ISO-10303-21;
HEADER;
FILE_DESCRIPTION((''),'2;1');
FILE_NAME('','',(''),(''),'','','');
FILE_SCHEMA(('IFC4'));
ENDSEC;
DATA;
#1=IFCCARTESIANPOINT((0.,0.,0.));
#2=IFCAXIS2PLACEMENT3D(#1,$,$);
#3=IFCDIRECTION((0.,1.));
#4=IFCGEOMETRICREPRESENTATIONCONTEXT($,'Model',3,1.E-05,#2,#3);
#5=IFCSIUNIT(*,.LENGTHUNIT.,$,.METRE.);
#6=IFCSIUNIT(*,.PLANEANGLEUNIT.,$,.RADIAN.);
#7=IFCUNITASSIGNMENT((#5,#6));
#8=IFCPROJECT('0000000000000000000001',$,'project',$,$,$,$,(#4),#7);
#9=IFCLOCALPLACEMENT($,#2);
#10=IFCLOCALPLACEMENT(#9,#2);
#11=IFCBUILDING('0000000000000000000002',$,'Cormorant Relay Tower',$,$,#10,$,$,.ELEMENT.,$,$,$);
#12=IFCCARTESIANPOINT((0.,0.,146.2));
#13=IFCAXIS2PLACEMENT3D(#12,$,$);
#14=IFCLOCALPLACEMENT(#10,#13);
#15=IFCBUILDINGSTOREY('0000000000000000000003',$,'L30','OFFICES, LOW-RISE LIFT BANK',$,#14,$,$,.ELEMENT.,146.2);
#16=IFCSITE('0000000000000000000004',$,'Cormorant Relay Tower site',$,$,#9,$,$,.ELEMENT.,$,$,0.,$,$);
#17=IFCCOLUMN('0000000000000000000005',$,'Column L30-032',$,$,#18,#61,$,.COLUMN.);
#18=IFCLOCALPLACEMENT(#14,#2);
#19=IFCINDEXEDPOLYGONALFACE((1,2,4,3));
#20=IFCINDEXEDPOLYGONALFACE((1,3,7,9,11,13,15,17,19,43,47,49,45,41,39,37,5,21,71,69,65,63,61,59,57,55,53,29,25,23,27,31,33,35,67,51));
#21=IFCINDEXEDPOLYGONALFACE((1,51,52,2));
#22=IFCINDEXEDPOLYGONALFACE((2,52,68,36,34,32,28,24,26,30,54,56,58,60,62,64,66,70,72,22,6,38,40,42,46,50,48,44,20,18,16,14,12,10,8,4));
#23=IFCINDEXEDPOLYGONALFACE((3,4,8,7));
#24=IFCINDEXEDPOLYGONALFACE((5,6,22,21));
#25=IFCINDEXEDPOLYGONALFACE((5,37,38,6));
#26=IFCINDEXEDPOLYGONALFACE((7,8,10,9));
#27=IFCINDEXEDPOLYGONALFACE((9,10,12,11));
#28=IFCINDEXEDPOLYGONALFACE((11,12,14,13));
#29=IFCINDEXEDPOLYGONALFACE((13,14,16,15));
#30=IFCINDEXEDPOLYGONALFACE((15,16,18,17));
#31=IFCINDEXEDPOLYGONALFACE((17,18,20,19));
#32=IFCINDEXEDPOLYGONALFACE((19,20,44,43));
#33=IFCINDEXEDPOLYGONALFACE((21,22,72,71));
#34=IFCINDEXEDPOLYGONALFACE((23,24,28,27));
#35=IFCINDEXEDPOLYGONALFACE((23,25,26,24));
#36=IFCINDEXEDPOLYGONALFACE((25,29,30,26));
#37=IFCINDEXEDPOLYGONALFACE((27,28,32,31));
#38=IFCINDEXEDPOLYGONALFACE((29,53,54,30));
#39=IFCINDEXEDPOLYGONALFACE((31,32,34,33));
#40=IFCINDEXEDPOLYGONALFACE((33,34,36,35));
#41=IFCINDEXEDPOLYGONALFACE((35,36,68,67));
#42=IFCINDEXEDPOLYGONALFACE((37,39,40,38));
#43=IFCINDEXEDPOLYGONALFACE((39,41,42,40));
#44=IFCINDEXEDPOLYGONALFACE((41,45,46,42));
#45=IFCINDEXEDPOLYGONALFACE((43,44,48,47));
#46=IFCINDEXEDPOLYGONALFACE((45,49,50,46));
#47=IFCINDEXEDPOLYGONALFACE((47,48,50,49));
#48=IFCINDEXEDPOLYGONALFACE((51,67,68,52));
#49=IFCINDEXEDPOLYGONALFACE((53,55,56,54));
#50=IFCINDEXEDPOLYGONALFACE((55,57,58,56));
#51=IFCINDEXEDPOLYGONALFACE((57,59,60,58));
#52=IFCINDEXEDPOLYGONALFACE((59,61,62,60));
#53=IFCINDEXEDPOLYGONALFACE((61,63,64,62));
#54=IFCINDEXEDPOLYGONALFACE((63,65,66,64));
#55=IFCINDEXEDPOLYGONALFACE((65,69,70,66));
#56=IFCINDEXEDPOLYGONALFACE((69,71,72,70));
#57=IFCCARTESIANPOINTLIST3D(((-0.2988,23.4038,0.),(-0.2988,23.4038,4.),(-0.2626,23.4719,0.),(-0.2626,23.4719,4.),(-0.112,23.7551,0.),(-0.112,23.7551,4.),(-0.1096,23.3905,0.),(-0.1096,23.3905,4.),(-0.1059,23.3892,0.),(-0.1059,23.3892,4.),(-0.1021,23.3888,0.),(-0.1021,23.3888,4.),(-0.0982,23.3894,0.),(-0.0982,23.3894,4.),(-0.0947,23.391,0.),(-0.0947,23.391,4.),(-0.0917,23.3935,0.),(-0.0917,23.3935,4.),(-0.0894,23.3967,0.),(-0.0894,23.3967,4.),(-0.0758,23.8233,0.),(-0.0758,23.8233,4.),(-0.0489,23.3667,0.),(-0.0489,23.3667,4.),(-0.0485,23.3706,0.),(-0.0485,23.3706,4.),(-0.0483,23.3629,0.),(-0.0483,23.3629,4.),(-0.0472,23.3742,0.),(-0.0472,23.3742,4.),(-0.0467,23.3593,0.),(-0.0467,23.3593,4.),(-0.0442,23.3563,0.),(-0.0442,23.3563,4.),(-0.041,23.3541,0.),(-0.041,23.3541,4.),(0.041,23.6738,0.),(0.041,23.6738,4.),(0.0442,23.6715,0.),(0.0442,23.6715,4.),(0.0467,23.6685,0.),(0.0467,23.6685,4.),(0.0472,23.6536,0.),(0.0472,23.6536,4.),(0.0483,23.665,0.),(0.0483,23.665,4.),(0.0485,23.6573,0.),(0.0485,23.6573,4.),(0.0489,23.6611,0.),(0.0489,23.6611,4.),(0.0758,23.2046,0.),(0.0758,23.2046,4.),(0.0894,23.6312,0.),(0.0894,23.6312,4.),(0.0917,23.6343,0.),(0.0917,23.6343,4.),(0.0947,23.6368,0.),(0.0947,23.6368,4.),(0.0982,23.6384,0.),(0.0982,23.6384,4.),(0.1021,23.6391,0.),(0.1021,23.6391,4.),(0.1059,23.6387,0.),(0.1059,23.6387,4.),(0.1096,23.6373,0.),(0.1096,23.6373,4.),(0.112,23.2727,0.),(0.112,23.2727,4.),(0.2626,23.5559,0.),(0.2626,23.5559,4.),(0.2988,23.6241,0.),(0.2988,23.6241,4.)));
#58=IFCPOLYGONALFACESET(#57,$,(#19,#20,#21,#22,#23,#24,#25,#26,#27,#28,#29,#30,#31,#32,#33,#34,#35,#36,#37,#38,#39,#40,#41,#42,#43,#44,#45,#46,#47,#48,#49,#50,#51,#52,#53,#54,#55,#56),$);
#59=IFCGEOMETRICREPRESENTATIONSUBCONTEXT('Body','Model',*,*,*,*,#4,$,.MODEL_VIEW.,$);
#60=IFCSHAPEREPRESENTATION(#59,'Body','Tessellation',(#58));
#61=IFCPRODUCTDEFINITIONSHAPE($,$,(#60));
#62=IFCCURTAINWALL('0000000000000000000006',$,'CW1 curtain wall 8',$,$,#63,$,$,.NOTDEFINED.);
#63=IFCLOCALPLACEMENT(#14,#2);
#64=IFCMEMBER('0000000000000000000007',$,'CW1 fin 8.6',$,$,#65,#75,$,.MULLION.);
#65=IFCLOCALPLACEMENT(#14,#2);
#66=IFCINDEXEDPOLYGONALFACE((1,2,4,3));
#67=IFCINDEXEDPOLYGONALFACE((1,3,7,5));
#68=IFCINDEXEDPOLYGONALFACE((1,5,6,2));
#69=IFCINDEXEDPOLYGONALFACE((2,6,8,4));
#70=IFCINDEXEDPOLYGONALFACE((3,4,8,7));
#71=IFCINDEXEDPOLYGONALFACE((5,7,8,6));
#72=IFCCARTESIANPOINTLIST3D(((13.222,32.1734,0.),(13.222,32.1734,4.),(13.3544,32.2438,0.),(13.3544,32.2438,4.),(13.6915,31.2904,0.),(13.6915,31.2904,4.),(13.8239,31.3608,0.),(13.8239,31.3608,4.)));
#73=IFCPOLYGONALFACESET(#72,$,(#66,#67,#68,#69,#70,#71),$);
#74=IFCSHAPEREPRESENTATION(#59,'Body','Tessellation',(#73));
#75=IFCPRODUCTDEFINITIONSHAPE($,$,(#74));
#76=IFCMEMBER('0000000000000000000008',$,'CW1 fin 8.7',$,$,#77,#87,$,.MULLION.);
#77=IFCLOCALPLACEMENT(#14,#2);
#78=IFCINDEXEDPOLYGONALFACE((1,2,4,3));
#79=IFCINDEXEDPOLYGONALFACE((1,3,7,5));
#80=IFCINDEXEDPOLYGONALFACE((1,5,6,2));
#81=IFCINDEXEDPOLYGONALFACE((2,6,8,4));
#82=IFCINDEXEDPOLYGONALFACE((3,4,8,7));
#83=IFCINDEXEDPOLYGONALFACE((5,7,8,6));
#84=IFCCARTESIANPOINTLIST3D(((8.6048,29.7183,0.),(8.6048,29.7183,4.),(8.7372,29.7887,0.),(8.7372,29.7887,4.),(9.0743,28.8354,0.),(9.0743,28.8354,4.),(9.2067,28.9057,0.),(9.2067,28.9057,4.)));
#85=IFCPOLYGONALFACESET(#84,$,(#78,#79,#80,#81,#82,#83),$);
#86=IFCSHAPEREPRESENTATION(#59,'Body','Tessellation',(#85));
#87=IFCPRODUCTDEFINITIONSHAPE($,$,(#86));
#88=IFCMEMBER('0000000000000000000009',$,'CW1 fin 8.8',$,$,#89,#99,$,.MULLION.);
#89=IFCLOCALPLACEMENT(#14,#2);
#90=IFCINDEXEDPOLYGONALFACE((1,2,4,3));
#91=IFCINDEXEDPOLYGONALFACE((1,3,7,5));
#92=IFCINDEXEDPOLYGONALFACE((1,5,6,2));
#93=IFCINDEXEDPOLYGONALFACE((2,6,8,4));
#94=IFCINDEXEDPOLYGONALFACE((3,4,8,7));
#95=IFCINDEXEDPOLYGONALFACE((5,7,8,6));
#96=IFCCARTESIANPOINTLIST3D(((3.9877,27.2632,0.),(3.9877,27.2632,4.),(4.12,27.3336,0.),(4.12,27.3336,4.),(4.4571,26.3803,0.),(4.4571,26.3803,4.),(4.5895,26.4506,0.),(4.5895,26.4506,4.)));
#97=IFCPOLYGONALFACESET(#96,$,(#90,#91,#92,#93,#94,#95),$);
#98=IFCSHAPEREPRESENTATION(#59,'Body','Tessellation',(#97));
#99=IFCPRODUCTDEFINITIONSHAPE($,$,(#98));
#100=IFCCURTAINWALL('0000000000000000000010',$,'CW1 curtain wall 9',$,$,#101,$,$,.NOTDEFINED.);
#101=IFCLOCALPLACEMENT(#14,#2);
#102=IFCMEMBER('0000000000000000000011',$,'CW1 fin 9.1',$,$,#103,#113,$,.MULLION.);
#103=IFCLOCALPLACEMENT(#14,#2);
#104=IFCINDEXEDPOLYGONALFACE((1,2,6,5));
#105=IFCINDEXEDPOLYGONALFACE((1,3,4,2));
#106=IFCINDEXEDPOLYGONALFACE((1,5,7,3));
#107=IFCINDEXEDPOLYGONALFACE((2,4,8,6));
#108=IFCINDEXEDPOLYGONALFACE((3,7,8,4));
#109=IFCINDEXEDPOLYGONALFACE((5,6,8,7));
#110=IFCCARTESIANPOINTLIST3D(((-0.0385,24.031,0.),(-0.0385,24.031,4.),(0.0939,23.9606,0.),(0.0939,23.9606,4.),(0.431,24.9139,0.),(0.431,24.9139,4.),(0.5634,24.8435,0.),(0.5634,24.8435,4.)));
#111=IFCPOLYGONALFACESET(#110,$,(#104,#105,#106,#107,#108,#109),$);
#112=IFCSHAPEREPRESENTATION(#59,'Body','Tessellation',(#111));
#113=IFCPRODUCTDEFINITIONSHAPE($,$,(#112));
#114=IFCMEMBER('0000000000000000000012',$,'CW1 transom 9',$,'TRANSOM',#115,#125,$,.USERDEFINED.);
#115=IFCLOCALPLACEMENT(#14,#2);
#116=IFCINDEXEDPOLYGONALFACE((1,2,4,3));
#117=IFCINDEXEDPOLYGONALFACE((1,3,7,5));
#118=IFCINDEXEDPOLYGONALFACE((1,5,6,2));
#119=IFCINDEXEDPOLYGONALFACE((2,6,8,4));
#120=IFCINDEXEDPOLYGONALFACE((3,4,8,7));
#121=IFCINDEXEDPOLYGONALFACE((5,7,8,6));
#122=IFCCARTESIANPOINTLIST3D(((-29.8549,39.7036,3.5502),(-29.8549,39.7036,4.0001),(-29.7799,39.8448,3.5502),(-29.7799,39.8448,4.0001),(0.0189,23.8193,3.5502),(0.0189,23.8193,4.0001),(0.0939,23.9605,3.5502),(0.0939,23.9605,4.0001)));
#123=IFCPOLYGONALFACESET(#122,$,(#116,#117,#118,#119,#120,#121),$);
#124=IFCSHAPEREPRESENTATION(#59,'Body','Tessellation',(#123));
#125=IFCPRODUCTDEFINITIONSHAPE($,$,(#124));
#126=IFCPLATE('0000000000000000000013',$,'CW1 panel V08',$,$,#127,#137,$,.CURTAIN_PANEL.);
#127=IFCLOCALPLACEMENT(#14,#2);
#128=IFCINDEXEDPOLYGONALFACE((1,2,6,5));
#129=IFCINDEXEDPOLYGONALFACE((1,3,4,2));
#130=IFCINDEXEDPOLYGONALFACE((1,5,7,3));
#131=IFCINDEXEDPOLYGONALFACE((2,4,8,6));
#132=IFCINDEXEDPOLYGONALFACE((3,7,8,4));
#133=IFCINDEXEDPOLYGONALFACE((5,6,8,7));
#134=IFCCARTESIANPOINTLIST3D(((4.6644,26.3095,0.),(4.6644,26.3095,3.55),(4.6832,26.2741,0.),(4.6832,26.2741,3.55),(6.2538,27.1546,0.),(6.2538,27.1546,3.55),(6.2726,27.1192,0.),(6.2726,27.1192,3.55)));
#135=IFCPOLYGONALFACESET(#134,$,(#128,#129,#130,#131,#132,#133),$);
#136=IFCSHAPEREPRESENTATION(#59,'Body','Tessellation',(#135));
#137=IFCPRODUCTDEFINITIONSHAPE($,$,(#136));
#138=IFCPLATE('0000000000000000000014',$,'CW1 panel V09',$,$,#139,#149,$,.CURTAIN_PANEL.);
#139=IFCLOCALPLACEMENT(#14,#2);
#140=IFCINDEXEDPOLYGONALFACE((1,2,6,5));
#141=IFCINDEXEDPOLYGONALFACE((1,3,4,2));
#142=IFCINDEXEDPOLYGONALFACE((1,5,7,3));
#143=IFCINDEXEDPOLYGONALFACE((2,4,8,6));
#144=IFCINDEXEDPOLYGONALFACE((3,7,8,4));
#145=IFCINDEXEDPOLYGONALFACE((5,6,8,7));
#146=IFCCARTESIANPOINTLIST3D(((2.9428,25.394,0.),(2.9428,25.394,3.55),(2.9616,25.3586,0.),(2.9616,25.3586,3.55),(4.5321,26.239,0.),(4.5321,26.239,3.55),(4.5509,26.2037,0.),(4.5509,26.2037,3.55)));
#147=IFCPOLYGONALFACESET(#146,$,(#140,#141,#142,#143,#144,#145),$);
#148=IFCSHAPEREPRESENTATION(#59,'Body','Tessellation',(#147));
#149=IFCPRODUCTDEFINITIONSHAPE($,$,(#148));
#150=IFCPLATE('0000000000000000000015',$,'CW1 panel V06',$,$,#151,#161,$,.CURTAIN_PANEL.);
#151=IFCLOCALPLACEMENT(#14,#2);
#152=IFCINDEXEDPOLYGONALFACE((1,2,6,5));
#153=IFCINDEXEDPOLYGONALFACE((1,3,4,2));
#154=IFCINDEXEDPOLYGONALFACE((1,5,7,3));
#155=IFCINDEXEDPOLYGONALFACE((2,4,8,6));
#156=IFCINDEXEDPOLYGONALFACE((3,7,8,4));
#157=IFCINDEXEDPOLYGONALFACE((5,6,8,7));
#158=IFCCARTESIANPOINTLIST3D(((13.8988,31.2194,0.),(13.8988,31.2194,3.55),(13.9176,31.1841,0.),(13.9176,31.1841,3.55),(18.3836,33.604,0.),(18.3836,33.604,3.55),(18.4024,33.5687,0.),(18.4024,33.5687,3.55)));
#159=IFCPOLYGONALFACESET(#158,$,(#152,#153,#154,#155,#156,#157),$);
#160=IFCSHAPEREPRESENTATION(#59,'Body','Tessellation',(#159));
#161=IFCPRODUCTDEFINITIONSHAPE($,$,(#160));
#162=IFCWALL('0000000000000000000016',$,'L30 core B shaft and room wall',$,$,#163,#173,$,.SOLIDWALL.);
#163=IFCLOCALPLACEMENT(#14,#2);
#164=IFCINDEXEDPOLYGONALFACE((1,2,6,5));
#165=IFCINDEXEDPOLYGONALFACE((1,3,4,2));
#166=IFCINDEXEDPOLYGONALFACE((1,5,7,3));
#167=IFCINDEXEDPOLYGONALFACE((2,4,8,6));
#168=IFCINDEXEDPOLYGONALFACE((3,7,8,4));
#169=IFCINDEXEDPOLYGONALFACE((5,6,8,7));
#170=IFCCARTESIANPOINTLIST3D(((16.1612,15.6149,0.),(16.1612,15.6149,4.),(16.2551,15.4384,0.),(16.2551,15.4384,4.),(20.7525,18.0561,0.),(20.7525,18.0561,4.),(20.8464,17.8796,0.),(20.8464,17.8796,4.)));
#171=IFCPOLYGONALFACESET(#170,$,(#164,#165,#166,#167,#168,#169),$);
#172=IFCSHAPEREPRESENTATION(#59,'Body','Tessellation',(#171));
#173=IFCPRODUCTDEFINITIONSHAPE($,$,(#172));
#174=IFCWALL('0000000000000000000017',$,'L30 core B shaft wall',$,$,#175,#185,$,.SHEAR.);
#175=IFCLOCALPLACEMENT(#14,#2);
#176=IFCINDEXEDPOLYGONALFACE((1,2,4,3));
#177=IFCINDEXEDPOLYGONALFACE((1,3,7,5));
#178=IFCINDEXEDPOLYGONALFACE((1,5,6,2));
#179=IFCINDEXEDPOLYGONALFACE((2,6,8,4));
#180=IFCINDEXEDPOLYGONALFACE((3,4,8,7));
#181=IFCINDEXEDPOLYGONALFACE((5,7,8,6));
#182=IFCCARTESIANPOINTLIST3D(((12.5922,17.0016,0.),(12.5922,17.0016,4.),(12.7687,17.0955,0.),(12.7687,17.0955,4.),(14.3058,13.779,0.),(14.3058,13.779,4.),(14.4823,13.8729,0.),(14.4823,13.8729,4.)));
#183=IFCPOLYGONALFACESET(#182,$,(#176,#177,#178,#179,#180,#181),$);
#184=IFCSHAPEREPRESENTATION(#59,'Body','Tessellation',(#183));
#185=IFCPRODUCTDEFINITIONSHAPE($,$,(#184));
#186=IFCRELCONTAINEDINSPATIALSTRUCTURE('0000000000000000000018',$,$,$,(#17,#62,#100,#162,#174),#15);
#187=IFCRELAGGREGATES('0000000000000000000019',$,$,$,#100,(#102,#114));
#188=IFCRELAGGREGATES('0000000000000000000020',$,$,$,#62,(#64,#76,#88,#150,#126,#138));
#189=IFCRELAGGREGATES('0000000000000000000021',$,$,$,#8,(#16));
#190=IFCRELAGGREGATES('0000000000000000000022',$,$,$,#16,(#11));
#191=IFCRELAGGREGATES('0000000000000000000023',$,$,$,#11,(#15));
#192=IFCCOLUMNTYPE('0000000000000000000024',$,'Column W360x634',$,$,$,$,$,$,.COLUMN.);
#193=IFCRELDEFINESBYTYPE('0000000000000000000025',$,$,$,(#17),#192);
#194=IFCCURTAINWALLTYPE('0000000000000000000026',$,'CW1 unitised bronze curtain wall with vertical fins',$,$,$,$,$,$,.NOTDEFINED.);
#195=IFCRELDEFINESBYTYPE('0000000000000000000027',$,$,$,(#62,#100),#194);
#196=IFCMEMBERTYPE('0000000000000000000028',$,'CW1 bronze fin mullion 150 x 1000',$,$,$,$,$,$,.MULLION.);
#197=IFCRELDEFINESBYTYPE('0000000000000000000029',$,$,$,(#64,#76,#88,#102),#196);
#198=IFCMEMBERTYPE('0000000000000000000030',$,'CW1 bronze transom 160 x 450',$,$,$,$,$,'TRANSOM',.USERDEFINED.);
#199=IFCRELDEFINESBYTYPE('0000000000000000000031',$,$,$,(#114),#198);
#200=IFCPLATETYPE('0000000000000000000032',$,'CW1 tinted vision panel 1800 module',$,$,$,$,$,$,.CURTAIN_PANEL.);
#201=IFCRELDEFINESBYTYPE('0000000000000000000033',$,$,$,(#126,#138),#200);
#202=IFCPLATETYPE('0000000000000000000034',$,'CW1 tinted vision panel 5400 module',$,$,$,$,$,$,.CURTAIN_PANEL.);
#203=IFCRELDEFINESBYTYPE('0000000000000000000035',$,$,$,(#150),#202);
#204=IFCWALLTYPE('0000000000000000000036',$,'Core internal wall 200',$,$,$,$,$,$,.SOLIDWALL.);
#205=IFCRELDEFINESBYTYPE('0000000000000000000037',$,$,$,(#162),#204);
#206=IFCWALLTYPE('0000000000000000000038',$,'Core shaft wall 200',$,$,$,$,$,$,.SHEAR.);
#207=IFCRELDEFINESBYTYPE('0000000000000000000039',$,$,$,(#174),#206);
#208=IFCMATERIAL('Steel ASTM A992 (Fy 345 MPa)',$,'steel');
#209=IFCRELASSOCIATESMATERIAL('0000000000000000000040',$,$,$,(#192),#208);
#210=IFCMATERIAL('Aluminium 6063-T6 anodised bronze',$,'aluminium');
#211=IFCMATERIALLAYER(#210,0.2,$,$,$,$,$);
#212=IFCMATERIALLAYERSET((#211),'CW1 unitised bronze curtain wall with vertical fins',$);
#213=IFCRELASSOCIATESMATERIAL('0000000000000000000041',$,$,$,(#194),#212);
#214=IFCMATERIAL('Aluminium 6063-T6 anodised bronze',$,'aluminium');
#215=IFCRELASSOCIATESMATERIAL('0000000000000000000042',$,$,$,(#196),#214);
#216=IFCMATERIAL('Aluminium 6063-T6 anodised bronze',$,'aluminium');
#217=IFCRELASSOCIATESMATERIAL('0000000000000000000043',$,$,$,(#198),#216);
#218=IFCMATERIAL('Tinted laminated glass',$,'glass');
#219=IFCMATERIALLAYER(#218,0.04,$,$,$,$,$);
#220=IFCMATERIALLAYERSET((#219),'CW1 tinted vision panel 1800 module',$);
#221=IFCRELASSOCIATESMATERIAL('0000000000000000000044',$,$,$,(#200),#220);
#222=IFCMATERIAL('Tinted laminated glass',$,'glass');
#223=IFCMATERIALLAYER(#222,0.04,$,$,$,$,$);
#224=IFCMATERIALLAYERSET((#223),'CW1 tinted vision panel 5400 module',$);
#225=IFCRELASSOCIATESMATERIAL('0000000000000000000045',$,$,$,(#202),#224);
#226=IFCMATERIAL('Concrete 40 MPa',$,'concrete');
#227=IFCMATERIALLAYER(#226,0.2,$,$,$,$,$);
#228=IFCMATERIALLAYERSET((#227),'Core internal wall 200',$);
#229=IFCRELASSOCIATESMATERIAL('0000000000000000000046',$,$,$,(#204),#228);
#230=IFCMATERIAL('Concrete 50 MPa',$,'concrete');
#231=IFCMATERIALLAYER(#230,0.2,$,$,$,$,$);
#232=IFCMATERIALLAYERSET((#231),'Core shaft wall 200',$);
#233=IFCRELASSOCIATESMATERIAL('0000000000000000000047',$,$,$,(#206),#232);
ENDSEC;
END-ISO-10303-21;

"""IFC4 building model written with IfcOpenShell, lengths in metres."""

from ifc_helpers import new_model, si_unit, direction, frame, frame_2d, origin, origin_2d, place, context, subcontext, project, spatial, rectangle, i_section, extrude, material, layer, layer_set, material_profile, profile_set, type_object, element, aggregate, save


model = new_model("IFC4")

# Units and contexts
model_context = context("Model", 3, precision=1e-05, world=origin(), true_north=direction((0.0, 1.0)))
body_context = subcontext(model_context, "Body", "Model", "MODEL_VIEW")
ifc_project = project(units=[si_unit("LENGTHUNIT", "METRE"), si_unit("PLANEANGLEUNIT", "RADIAN")], contexts=[model_context])

# Site, building, storey
site_placement = place(None, origin())
site = spatial("IfcSite", under=ifc_project, at=site_placement, Name="Cormorant Relay Tower site", CompositionType="ELEMENT", RefElevation=0.0)
building_placement = place(site_placement, origin())
building = spatial("IfcBuilding", under=site, at=building_placement, Name="Cormorant Relay Tower", CompositionType="ELEMENT")
storey_placement = place(building_placement, frame((0.0, 0.0, 146.2)))
storey = spatial("IfcBuildingStorey", under=building, at=storey_placement, Name="L30", Description="OFFICES, LOW-RISE LIFT BANK", CompositionType="ELEMENT", Elevation=146.2)

# Column
ifc_material_1 = material(Name="Steel ASTM A992 (Fy 345 MPa)", Category="steel")
ifc_material_profile_1 = material_profile(ifc_material_1, i_section(OverallWidth=0.4243, OverallDepth=0.4751, WebThickness=0.0479, FlangeThickness=0.0771, FilletRadius=0.0149, at=origin_2d()), Name="W360x634")
ifc_profile_set_1 = profile_set([ifc_material_profile_1], Name="Steel ASTM A992 (Fy 345 MPa)")
column_type_1 = type_object("IfcColumnType", Name="Column W360x634", PredefinedType="COLUMN", material=ifc_profile_set_1)
column_1_placement = place(storey_placement, frame((0.0, 23.5139, 0.0), z_axis=(0.0, 0.0, 1.0), x_axis=(-0.882948, 0.469472, 0.0)))
element("IfcColumn", 1, at=column_1_placement, inside=storey, type_object=column_type_1, Name="Column L30-032", PredefinedType="COLUMN", context=body_context, shape_type="SweptSolid", body=[
    extrude(i_section(OverallWidth=0.4243, OverallDepth=0.4751, WebThickness=0.0479, FlangeThickness=0.0771, FilletRadius=0.0149, at=origin_2d()), origin(), (0.0, 0.0, 1.0), 4.0),
])

# Curtain walls, members
ifc_material_2 = material(Name="Aluminium 6063-T6 anodised bronze", Category="aluminium")
ifc_layer_1 = layer(ifc_material_2, 0.2)
ifc_layer_set_1 = layer_set([ifc_layer_1], Name="CW1 unitised bronze curtain wall with vertical fins")
curtain_wall_type = type_object("IfcCurtainWallType", Name="CW1 unitised bronze curtain wall with vertical fins", PredefinedType="NOTDEFINED", material=ifc_layer_set_1)
curtain_wall_1_placement = place(storey_placement, origin())
curtain_wall_1 = element("IfcCurtainWall", 2, at=curtain_wall_1_placement, inside=storey, type_object=curtain_wall_type, Name="CW1 curtain wall 8", PredefinedType="NOTDEFINED")
ifc_material_3 = material(Name="Aluminium 6063-T6 anodised bronze", Category="aluminium")
ifc_material_profile_2 = material_profile(ifc_material_3, rectangle(XDim=0.1499, YDim=1.0, at=origin_2d()), Name="AL 150x1000")
ifc_profile_set_2 = profile_set([ifc_material_profile_2], Name="Aluminium 6063-T6 anodised bronze")
member_type_1 = type_object("IfcMemberType", Name="CW1 bronze fin mullion 150 x 1000", PredefinedType="MULLION", material=ifc_profile_set_2)
member_1_placement = place(storey_placement, frame((13.5229, 31.7671, 0.0), z_axis=(0.0, 0.0, 1.0), x_axis=(-0.882948, -0.469472, 0.0)))
member_1 = element("IfcMember", 3, at=member_1_placement, type_object=member_type_1, Name="CW1 fin 8.6", PredefinedType="MULLION", context=body_context, shape_type="SweptSolid", body=[
    extrude(rectangle(XDim=0.1499, YDim=1.0, at=origin_2d()), origin(), (0.0, 0.0, 1.0), 4.0),
])
member_2_placement = place(storey_placement, frame((8.9058, 29.312, 0.0), z_axis=(0.0, 0.0, 1.0), x_axis=(-0.882948, -0.469472, 0.0)))
member_2 = element("IfcMember", 4, at=member_2_placement, type_object=member_type_1, Name="CW1 fin 8.7", PredefinedType="MULLION", context=body_context, shape_type="SweptSolid", body=[
    extrude(rectangle(XDim=0.1499, YDim=1.0, at=origin_2d()), origin(), (0.0, 0.0, 1.0), 4.0),
])
member_3_placement = place(storey_placement, frame((4.2886, 26.8569, 0.0), z_axis=(0.0, 0.0, 1.0), x_axis=(-0.882948, -0.469472, 0.0)))
member_3 = element("IfcMember", 5, at=member_3_placement, type_object=member_type_1, Name="CW1 fin 8.8", PredefinedType="MULLION", context=body_context, shape_type="SweptSolid", body=[
    extrude(rectangle(XDim=0.1499, YDim=1.0, at=origin_2d()), origin(), (0.0, 0.0, 1.0), 4.0),
])
curtain_wall_2_placement = place(storey_placement, origin())
curtain_wall_2 = element("IfcCurtainWall", 6, at=curtain_wall_2_placement, inside=storey, type_object=curtain_wall_type, Name="CW1 curtain wall 9", PredefinedType="NOTDEFINED")
member_4_placement = place(storey_placement, frame((0.2625, 24.4373, 0.0), z_axis=(0.0, 0.0, 1.0), x_axis=(-0.882948, 0.469472, 0.0)))
member_4 = element("IfcMember", 7, at=member_4_placement, type_object=member_type_1, Name="CW1 fin 9.1", PredefinedType="MULLION", context=body_context, shape_type="SweptSolid", body=[
    extrude(rectangle(XDim=0.1499, YDim=1.0, at=origin_2d()), origin(), (0.0, 0.0, 1.0), 4.0),
])
ifc_material_4 = material(Name="Aluminium 6063-T6 anodised bronze", Category="aluminium")
ifc_material_profile_3 = material_profile(ifc_material_4, rectangle(XDim=0.1599, YDim=0.45, at=origin_2d()), Name="AL 160x450")
ifc_profile_set_3 = profile_set([ifc_material_profile_3], Name="Aluminium 6063-T6 anodised bronze")
member_type_2 = type_object("IfcMemberType", Name="CW1 bronze transom 160 x 450", ElementType="TRANSOM", PredefinedType="USERDEFINED", material=ifc_profile_set_3)
member_5_placement = place(storey_placement, frame((0.0564, 23.8899, 3.7751), z_axis=(-0.882946, 0.469474, 0.0), x_axis=(-0.469474, -0.882946, 0.0)))
member_5 = element("IfcMember", 8, at=member_5_placement, type_object=member_type_2, Name="CW1 transom 9", ObjectType="TRANSOM", PredefinedType="USERDEFINED", context=body_context, shape_type="SweptSolid", body=[
    extrude(rectangle(XDim=0.1599, YDim=0.45, at=origin_2d()), origin(), (0.0, 0.0, 1.0), 33.8342),
])
aggregate(curtain_wall_2, [member_4, member_5])

# Plates
ifc_material_5 = material(Name="Tinted laminated glass", Category="glass")
ifc_layer_2 = layer(ifc_material_5, 0.04)
ifc_layer_set_2 = layer_set([ifc_layer_2], Name="CW1 tinted vision panel 1800 module")
plate_type_1 = type_object("IfcPlateType", Name="CW1 tinted vision panel 1800 module", PredefinedType="CURTAIN_PANEL", material=ifc_layer_set_2)
plate_1_placement = place(storey_placement, frame((5.4685, 26.7144, 0.0), z_axis=(0.0, 0.0, 1.0), x_axis=(-0.882948, -0.469472, 0.0)))
plate_1 = element("IfcPlate", 9, at=plate_1_placement, type_object=plate_type_1, Name="CW1 panel V08", PredefinedType="CURTAIN_PANEL", context=body_context, shape_type="SweptSolid", body=[
    extrude(rectangle(XDim=1.8, YDim=0.04, at=origin_2d()), origin(), (0.0, 0.0, 1.0), 3.55),
])
plate_2_placement = place(storey_placement, frame((3.7468, 25.7988, 0.0), z_axis=(0.0, 0.0, 1.0), x_axis=(-0.882948, -0.469472, 0.0)))
plate_2 = element("IfcPlate", 10, at=plate_2_placement, type_object=plate_type_1, Name="CW1 panel V09", PredefinedType="CURTAIN_PANEL", context=body_context, shape_type="SweptSolid", body=[
    extrude(rectangle(XDim=1.8, YDim=0.04, at=origin_2d()), origin(), (0.0, 0.0, 1.0), 3.55),
])
ifc_material_6 = material(Name="Tinted laminated glass", Category="glass")
ifc_layer_3 = layer(ifc_material_6, 0.04)
ifc_layer_set_3 = layer_set([ifc_layer_3], Name="CW1 tinted vision panel 5400 module")
plate_type_2 = type_object("IfcPlateType", Name="CW1 tinted vision panel 5400 module", PredefinedType="CURTAIN_PANEL", material=ifc_layer_set_3)
plate_3_placement = place(storey_placement, frame((16.1506, 32.394, 0.0), z_axis=(0.0, 0.0, 1.0), x_axis=(-0.882948, -0.469472, 0.0)))
plate_3 = element("IfcPlate", 11, at=plate_3_placement, type_object=plate_type_2, Name="CW1 panel V06", PredefinedType="CURTAIN_PANEL", context=body_context, shape_type="SweptSolid", body=[
    extrude(rectangle(XDim=5.0793, YDim=0.04, at=origin_2d()), origin(), (0.0, 0.0, 1.0), 3.55),
])

# Walls
ifc_material_7 = material(Name="Concrete 40 MPa", Category="concrete")
ifc_layer_4 = layer(ifc_material_7, 0.2)
ifc_layer_set_4 = layer_set([ifc_layer_4], Name="Core internal wall 200")
wall_type_1 = type_object("IfcWallType", Name="Core internal wall 200", PredefinedType="SOLIDWALL", material=ifc_layer_set_4)
wall_1_placement = place(storey_placement, frame((16.208, 15.5266, 0.0), z_axis=(0.0, 0.0, 1.0), x_axis=(0.882954, 0.46946, 0.0)))
element("IfcWall", 12, at=wall_1_placement, inside=storey, type_object=wall_type_1, Name="L30 core B shaft and room wall", PredefinedType="SOLIDWALL", context=body_context, shape_type="SweptSolid", body=[
    extrude(rectangle(XDim=5.2, YDim=0.2, at=frame_2d((2.6001, 0.0))), origin(), (0.0, 0.0, 1.0), 4.0),
])
ifc_material_8 = material(Name="Concrete 50 MPa", Category="concrete")
ifc_layer_5 = layer(ifc_material_8, 0.2)
ifc_layer_set_5 = layer_set([ifc_layer_5], Name="Core shaft wall 200")
wall_type_2 = type_object("IfcWallType", Name="Core shaft wall 200", PredefinedType="SHEAR", material=ifc_layer_set_5)
wall_2_placement = place(storey_placement, frame((14.394, 13.8259, 0.0), z_axis=(0.0, 0.0, 1.0), x_axis=(-0.469494, 0.882936, 0.0)))
element("IfcWall", 13, at=wall_2_placement, inside=storey, type_object=wall_type_2, Name="L30 core B shaft wall", PredefinedType="SHEAR", context=body_context, shape_type="SweptSolid", body=[
    extrude(rectangle(XDim=3.6499, YDim=0.2, at=frame_2d((1.825, 0.0))), origin(), (0.0, 0.0, 1.0), 4.0),
])

aggregate(curtain_wall_1, [member_1, member_2, member_3, plate_3, plate_1, plate_2])

save(model, "model.ifc")
